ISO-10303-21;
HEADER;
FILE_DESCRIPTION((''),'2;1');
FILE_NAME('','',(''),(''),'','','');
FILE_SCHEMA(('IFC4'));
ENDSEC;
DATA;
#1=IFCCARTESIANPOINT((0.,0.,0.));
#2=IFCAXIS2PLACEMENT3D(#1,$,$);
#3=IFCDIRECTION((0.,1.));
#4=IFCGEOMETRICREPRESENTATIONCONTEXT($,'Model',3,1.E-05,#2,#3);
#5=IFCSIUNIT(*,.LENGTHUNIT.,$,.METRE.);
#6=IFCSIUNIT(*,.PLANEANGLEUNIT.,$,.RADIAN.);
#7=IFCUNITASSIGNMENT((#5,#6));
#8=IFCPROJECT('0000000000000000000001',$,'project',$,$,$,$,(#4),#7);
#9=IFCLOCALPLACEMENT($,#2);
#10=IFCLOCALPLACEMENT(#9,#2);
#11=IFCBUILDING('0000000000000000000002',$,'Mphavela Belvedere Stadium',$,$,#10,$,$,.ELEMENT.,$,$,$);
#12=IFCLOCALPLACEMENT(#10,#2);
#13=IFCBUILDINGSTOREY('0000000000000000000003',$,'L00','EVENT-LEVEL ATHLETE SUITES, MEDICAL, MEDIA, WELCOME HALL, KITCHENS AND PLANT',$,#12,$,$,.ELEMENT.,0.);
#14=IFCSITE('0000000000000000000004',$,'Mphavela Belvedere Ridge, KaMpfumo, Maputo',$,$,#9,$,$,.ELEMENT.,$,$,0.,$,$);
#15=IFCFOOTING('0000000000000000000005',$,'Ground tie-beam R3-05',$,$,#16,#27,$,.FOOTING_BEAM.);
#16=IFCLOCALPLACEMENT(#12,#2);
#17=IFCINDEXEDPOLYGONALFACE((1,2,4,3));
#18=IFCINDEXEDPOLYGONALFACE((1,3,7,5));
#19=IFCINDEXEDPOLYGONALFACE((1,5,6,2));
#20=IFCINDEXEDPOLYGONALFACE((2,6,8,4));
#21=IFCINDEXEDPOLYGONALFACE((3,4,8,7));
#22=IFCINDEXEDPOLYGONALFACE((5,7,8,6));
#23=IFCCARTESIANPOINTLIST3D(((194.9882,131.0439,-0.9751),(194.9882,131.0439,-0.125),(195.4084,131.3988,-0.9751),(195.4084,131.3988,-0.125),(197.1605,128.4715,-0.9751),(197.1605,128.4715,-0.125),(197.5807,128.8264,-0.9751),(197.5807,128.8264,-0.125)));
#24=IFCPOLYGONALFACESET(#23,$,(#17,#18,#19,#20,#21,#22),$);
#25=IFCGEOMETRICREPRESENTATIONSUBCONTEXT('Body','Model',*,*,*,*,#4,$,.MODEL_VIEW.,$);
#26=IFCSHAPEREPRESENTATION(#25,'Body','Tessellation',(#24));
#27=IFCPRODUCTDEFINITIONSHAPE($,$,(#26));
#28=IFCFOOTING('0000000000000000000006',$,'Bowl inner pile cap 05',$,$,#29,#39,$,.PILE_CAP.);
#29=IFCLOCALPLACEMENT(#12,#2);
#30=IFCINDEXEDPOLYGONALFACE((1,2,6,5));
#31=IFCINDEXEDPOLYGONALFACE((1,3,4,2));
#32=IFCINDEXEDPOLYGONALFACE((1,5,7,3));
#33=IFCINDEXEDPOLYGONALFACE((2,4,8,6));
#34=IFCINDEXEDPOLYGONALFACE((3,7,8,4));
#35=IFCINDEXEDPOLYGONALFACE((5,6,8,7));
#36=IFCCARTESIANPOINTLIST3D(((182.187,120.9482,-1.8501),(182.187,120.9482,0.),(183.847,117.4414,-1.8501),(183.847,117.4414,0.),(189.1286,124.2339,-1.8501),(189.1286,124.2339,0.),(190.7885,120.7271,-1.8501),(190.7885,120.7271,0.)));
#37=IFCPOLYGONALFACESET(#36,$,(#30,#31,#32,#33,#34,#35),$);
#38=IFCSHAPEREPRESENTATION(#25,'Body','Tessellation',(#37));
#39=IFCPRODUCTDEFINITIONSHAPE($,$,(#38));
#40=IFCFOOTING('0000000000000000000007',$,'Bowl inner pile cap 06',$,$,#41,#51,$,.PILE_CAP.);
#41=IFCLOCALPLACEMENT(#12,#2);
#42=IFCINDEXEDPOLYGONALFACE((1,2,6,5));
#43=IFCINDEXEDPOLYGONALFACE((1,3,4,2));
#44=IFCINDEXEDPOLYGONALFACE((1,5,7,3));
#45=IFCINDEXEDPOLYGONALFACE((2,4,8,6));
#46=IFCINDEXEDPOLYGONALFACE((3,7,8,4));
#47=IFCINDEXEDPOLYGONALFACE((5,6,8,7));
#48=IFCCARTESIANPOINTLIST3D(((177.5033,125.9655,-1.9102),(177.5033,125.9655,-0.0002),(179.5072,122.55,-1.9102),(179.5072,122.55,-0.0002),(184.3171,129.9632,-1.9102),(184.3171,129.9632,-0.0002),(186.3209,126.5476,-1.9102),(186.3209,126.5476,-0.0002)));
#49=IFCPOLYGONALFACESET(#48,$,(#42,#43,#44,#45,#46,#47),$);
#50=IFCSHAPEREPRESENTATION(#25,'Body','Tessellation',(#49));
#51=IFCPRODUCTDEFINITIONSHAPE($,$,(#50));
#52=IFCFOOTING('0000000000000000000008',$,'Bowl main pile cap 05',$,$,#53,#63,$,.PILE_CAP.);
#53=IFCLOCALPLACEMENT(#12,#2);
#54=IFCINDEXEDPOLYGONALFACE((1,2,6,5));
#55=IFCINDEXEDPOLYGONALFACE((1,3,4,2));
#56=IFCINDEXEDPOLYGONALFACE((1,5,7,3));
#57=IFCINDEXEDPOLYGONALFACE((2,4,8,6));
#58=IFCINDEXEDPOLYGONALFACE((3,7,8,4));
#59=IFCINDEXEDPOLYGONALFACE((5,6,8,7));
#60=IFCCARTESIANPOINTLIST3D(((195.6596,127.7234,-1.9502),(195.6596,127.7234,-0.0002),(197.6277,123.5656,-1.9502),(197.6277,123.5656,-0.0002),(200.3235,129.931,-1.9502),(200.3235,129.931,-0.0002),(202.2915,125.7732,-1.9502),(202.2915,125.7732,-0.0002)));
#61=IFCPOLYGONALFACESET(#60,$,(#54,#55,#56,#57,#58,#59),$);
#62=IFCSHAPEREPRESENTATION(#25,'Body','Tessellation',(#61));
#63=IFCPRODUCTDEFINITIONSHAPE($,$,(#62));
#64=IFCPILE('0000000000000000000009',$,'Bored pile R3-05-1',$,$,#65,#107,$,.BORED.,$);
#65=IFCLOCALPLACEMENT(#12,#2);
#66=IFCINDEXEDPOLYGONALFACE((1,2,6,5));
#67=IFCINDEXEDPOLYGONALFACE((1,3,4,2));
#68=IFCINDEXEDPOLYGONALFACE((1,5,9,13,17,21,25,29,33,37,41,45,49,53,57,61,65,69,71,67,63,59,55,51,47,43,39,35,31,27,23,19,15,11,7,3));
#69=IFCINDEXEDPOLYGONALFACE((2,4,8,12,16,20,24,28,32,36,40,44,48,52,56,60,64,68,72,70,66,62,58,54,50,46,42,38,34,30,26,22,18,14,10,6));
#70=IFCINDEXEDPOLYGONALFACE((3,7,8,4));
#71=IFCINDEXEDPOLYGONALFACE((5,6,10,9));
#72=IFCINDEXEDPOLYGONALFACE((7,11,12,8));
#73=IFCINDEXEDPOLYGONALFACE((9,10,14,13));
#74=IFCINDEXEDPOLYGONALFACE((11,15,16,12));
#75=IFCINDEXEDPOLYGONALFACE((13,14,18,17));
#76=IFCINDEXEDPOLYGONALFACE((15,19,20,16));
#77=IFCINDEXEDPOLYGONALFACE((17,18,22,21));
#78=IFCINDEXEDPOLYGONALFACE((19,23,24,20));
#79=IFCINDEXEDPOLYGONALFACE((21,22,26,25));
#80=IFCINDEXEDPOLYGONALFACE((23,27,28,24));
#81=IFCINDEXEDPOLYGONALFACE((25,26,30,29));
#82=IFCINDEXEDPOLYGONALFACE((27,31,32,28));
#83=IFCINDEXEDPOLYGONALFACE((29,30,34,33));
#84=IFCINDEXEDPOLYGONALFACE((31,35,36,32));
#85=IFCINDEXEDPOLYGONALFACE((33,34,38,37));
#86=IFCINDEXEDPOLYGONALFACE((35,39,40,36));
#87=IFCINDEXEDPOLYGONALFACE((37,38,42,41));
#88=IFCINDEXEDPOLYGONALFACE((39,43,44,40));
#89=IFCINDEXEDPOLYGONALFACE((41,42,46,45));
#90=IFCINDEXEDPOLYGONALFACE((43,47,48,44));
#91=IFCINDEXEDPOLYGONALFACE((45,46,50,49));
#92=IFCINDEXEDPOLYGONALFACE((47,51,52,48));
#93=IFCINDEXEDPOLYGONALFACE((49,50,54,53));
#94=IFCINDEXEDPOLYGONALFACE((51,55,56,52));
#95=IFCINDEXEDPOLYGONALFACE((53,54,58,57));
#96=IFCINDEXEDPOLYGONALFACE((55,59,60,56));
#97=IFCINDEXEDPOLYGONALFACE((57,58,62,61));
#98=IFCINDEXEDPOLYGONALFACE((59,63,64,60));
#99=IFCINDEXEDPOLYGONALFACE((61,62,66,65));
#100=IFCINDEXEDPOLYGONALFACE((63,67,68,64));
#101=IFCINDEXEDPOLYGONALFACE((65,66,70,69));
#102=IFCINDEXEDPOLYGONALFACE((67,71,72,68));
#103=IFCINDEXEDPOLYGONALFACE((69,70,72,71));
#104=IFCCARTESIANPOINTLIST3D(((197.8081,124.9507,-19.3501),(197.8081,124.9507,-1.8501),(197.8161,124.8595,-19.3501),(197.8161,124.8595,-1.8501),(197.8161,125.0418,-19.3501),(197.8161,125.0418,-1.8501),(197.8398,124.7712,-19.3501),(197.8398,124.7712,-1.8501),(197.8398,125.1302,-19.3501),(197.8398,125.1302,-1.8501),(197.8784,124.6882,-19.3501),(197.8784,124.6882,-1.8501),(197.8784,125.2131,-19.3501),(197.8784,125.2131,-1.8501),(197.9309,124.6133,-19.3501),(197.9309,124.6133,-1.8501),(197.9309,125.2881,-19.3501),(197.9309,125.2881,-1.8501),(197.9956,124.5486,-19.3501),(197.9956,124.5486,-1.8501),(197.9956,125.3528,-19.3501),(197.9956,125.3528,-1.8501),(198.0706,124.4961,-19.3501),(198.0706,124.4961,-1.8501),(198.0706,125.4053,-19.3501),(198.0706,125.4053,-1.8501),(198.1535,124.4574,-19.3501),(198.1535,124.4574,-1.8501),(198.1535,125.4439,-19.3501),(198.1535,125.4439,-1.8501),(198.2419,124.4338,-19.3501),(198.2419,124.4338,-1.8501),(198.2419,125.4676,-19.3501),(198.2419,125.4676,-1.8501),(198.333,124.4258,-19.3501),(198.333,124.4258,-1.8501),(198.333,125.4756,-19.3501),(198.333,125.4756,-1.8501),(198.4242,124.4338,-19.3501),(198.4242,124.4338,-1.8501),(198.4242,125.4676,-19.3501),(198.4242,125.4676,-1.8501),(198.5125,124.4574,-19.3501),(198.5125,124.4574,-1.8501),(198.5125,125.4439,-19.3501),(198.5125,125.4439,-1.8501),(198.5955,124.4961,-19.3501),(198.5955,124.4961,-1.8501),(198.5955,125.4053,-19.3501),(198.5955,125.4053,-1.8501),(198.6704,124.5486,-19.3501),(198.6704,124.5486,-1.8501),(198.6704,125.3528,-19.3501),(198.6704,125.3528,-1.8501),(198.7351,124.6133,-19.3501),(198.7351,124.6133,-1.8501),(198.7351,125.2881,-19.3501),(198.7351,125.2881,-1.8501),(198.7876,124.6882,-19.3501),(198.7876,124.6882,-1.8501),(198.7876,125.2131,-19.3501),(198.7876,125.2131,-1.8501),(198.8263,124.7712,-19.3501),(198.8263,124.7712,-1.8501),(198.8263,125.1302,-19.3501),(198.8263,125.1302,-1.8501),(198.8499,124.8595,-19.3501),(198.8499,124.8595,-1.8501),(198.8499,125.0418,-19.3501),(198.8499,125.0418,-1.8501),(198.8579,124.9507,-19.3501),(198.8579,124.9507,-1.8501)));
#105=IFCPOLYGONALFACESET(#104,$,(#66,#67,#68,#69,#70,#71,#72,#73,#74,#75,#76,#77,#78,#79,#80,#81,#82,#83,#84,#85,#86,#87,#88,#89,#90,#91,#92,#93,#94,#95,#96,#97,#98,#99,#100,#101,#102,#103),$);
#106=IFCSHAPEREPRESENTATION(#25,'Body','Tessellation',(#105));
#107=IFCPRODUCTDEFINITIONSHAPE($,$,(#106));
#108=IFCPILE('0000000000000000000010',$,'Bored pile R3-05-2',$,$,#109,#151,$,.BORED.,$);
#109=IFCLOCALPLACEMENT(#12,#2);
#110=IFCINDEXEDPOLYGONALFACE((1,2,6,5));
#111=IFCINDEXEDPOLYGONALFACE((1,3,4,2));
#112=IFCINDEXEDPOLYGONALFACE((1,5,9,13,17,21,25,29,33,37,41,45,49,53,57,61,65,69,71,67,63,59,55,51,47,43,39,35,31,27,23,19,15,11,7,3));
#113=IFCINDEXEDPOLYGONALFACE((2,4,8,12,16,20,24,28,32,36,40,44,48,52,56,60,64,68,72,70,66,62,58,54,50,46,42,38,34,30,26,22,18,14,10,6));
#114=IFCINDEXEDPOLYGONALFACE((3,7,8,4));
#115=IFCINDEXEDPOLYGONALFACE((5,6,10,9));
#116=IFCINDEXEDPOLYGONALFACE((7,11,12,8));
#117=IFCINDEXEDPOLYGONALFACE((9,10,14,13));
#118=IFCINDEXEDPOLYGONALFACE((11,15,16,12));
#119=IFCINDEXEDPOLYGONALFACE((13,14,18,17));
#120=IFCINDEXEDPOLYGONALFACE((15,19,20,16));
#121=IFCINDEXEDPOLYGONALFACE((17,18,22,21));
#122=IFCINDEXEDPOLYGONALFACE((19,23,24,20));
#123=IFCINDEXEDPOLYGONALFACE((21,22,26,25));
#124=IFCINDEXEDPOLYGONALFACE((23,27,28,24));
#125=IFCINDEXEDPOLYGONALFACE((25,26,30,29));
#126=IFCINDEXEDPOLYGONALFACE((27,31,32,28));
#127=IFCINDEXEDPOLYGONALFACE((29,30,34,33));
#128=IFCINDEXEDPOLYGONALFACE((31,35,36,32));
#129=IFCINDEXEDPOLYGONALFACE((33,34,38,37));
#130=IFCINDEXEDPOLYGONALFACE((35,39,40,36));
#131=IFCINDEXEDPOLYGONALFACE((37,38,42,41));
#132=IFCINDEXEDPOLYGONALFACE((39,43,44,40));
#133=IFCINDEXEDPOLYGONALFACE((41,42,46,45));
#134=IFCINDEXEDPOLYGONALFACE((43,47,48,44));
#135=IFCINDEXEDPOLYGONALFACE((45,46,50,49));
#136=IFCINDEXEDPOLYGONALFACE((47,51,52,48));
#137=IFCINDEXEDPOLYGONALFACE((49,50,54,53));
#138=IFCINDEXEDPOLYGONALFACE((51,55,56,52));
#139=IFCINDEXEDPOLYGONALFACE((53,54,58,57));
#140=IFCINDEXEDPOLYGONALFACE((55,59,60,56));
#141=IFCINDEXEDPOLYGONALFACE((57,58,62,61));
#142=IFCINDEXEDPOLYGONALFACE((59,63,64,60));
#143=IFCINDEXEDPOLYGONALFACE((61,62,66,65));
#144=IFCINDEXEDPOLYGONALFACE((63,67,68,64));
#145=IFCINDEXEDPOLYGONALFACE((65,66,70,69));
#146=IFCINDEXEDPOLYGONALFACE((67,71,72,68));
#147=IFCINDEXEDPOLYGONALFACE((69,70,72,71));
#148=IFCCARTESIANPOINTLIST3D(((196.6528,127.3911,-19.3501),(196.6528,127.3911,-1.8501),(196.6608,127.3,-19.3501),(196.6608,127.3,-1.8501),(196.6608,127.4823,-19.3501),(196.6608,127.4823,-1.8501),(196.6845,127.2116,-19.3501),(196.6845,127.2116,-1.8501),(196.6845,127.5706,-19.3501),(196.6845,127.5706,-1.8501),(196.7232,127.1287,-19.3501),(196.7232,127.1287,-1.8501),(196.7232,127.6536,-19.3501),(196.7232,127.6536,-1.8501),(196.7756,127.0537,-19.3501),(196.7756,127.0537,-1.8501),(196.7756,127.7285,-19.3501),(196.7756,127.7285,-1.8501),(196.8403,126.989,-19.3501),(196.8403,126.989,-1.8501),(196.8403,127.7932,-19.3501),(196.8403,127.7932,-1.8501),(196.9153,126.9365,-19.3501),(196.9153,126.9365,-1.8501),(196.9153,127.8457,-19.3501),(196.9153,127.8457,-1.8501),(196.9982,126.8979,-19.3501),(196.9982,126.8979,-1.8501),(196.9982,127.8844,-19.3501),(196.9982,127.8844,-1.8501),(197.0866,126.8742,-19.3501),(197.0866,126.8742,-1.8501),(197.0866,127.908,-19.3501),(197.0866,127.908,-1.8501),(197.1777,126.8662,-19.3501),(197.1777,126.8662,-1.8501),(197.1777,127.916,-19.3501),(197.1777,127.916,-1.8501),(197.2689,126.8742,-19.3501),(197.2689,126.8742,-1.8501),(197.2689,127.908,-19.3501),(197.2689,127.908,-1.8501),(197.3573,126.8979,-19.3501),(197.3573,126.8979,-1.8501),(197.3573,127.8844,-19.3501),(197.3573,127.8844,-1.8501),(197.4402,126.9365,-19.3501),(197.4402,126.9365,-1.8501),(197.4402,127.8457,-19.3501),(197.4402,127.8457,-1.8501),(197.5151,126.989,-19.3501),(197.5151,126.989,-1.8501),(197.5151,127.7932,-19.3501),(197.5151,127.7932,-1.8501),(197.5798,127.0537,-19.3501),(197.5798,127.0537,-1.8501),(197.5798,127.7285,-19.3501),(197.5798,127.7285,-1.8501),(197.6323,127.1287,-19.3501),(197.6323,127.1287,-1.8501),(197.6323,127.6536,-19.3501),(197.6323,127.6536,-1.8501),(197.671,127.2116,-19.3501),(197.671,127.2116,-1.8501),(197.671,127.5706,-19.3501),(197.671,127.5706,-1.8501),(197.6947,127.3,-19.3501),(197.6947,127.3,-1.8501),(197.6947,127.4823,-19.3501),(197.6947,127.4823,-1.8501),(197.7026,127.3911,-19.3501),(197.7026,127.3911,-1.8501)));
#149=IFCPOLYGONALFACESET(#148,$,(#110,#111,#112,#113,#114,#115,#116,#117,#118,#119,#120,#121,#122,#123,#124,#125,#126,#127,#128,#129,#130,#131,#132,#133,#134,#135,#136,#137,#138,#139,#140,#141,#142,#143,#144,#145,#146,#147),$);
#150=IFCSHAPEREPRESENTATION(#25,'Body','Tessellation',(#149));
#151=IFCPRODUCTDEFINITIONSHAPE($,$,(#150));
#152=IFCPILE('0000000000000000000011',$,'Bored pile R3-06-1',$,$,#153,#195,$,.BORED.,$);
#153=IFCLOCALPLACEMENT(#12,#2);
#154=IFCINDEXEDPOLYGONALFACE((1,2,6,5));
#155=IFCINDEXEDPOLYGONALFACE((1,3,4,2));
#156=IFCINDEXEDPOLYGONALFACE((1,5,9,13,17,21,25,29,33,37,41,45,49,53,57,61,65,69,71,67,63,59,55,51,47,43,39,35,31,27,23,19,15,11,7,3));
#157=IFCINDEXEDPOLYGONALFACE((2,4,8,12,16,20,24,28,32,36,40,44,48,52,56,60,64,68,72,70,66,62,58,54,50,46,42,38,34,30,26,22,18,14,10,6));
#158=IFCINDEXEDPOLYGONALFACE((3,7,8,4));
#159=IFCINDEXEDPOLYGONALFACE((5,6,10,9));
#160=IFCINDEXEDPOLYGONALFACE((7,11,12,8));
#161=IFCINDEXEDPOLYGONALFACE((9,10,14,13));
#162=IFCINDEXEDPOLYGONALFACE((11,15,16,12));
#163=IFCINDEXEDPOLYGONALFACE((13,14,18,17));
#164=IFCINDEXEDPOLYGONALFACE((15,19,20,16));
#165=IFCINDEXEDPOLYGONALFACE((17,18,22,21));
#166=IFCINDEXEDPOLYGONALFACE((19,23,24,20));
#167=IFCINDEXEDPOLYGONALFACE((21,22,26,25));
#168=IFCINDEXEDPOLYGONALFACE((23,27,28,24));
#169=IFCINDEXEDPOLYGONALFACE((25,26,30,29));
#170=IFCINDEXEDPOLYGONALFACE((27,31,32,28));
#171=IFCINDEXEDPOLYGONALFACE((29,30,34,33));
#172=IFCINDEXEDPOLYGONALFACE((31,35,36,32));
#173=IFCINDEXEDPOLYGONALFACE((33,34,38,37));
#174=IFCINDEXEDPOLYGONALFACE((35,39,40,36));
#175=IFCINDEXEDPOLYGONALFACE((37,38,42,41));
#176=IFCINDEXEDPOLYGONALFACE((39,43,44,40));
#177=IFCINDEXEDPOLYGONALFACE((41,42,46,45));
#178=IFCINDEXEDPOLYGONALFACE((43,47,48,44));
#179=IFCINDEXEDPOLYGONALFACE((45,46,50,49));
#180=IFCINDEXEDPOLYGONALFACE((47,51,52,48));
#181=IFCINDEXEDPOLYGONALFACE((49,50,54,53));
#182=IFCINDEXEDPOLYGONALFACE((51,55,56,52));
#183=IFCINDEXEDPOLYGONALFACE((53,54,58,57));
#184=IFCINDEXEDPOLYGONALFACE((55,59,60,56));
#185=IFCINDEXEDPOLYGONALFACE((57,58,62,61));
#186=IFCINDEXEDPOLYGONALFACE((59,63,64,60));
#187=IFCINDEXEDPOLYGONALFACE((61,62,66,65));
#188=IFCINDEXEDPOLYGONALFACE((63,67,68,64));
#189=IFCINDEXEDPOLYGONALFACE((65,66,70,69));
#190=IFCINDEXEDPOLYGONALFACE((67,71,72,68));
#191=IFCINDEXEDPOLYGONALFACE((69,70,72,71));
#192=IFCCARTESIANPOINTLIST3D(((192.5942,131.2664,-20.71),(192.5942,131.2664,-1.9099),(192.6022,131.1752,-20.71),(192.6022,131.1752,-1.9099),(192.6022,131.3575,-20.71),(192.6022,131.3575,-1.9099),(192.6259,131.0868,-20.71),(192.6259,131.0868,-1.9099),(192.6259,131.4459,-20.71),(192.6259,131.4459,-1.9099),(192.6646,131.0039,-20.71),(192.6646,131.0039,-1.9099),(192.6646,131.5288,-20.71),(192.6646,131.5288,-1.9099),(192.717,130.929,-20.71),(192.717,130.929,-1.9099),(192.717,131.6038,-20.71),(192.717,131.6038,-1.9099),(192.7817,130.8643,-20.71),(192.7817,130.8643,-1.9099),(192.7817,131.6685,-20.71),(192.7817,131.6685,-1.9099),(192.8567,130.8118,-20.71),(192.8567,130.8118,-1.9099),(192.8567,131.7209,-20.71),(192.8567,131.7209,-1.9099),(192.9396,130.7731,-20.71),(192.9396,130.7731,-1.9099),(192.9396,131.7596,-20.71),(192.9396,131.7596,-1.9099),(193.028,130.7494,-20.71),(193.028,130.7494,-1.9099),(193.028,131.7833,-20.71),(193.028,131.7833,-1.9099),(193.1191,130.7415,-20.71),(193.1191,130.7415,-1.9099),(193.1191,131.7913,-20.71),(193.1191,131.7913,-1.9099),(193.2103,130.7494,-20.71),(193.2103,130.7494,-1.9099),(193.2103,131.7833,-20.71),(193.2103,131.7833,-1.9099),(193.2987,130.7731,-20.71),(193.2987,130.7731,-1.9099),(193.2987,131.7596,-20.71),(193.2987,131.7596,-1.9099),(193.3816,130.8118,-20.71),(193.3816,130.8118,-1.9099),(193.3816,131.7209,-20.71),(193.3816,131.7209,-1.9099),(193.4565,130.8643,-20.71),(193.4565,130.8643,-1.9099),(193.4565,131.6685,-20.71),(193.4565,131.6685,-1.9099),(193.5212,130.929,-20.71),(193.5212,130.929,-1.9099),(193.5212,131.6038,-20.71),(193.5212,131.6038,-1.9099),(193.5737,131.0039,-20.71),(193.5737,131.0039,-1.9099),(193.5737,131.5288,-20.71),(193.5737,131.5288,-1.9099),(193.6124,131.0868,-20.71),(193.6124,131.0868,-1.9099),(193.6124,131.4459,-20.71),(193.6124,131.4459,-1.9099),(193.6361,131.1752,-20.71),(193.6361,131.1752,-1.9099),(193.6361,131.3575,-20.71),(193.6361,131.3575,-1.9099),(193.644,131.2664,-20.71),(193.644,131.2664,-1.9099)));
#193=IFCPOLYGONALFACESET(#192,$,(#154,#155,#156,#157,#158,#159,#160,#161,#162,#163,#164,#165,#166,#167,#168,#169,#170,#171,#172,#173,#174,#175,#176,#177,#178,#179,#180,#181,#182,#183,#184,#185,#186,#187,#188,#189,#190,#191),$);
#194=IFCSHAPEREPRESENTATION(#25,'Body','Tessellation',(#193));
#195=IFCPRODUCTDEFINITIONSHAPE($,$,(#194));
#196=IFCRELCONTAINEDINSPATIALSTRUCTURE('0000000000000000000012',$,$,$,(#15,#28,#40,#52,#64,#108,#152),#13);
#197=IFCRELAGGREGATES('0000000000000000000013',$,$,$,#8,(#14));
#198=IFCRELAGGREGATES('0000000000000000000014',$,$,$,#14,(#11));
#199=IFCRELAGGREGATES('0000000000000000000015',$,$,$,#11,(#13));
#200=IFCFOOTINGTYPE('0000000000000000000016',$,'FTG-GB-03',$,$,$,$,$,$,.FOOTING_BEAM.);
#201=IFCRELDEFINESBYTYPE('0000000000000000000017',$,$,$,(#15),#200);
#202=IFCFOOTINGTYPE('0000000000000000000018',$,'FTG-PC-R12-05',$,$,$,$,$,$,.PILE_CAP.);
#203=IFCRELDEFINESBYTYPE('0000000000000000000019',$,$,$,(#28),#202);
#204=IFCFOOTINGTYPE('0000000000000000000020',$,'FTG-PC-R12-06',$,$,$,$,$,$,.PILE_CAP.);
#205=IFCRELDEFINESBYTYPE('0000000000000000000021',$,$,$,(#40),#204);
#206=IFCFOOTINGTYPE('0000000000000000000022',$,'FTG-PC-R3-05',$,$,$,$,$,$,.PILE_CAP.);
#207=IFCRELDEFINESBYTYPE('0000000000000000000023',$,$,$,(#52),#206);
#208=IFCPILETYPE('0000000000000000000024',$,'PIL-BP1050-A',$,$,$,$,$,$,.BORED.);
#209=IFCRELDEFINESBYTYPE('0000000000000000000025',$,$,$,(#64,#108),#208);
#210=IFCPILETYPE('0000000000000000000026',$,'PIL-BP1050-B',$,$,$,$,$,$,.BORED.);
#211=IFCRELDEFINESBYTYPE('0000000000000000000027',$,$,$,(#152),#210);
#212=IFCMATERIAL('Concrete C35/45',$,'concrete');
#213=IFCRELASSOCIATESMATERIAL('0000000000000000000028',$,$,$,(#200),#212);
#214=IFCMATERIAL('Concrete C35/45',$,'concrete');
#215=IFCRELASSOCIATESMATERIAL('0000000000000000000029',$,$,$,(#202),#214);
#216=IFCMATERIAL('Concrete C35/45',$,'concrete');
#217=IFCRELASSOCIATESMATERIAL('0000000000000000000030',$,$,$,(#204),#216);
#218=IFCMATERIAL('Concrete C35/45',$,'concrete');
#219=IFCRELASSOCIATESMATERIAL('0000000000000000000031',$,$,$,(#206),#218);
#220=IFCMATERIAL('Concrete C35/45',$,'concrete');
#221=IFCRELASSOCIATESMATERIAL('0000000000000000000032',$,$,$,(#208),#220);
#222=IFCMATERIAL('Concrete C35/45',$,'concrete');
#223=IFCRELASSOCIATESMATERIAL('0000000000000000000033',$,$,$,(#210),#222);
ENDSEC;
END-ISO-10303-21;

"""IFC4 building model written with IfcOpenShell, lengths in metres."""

from ifc_helpers import new_model, si_unit, direction, frame, origin, origin_2d, place, context, subcontext, project, spatial, rectangle, circle, extrude, material, material_profile, profile_set, type_object, element, save


model = new_model("IFC4")

# Units and contexts
model_context = context("Model", 3, precision=1e-05, world=origin(), true_north=direction((0.0, 1.0)))
body_context = subcontext(model_context, "Body", "Model", "MODEL_VIEW")
ifc_project = project(units=[si_unit("LENGTHUNIT", "METRE"), si_unit("PLANEANGLEUNIT", "RADIAN")], contexts=[model_context])

# Site, building, storey
site_placement = place(None, origin())
site = spatial("IfcSite", under=ifc_project, at=site_placement, Name="Mphavela Belvedere Ridge, KaMpfumo, Maputo", CompositionType="ELEMENT", RefElevation=0.0)
building_placement = place(site_placement, origin())
building = spatial("IfcBuilding", under=site, at=building_placement, Name="Mphavela Belvedere Stadium", CompositionType="ELEMENT")
storey_placement = place(building_placement, origin())
storey = spatial("IfcBuildingStorey", under=building, at=storey_placement, Name="L00", Description="EVENT-LEVEL ATHLETE SUITES, MEDICAL, MEDIA, WELCOME HALL, KITCHENS AND PLANT", CompositionType="ELEMENT", Elevation=0.0)

# Footings
ifc_material_1 = material(Name="Concrete C35/45", Category="concrete")
ifc_material_profile_1 = material_profile(ifc_material_1, rectangle(XDim=0.55, YDim=0.8501, at=origin_2d()), Name="GB 550x850")
ifc_profile_set_1 = profile_set([ifc_material_profile_1], Name="Concrete C35/45")
footing_type_1 = type_object("IfcFootingType", Name="FTG-GB-03", PredefinedType="FOOTING_BEAM", material=ifc_profile_set_1)
footing_1_placement = place(storey_placement, frame((197.3706, 128.6489, -0.55), z_axis=(-0.645185, 0.764027, 0.0), x_axis=(-0.764027, -0.645185, 0.0)))
element("IfcFooting", 1, at=footing_1_placement, inside=storey, type_object=footing_type_1, Name="Ground tie-beam R3-05", PredefinedType="FOOTING_BEAM", context=body_context, shape_type="SweptSolid", body=[
    extrude(rectangle(XDim=0.55, YDim=0.8501, at=origin_2d()), origin(), (0.0, 0.0, 1.0), 3.3669),
])
ifc_material_2 = material(Name="Concrete C35/45", Category="concrete")
footing_type_2 = type_object("IfcFootingType", Name="FTG-PC-R12-05", PredefinedType="PILE_CAP", material=ifc_material_2)
footing_2_placement = place(storey_placement, frame((186.4878, 120.8376, -1.8501), z_axis=(0.0, 0.0, 1.0), x_axis=(0.903859, 0.427831, 0.0)))
element("IfcFooting", 2, at=footing_2_placement, inside=storey, type_object=footing_type_2, Name="Bowl inner pile cap 05", PredefinedType="PILE_CAP", context=body_context, shape_type="SweptSolid", body=[
    extrude(rectangle(XDim=7.6799, YDim=3.8799, at=origin_2d()), origin(), (0.0, 0.0, 1.0), 1.8501),
])
ifc_material_3 = material(Name="Concrete C35/45", Category="concrete")
footing_type_3 = type_object("IfcFootingType", Name="FTG-PC-R12-06", PredefinedType="PILE_CAP", material=ifc_material_3)
footing_3_placement = place(storey_placement, frame((181.9121, 126.2566, -1.9102), z_axis=(0.0, 0.0, 1.0), x_axis=(0.862514, 0.506034, 0.0)))
element("IfcFooting", 3, at=footing_3_placement, inside=storey, type_object=footing_type_3, Name="Bowl inner pile cap 06", PredefinedType="PILE_CAP", context=body_context, shape_type="SweptSolid", body=[
    extrude(rectangle(XDim=7.8999, YDim=3.96, at=origin_2d()), origin(), (0.0, 0.0, 1.0), 1.9099),
])
ifc_material_4 = material(Name="Concrete C35/45", Category="concrete")
footing_type_4 = type_object("IfcFootingType", Name="FTG-PC-R3-05", PredefinedType="PILE_CAP", material=ifc_material_4)
footing_4_placement = place(storey_placement, frame((198.9756, 126.7483, -1.9502), z_axis=(0.0, 0.0, 1.0), x_axis=(0.903859, 0.427831, 0.0)))
element("IfcFooting", 4, at=footing_4_placement, inside=storey, type_object=footing_type_4, Name="Bowl main pile cap 05", PredefinedType="PILE_CAP", context=body_context, shape_type="SweptSolid", body=[
    extrude(rectangle(XDim=5.1599, YDim=4.6001, at=origin_2d()), origin(), (0.0, 0.0, 1.0), 1.95),
])

# Piles
ifc_material_5 = material(Name="Concrete C35/45", Category="concrete")
ifc_material_profile_2 = material_profile(ifc_material_5, circle(Radius=0.5249, at=origin_2d()), Name="BP D1050")
ifc_profile_set_2 = profile_set([ifc_material_profile_2], Name="Concrete C35/45")
pile_type_1 = type_object("IfcPileType", Name="PIL-BP1050-A", PredefinedType="BORED", material=ifc_profile_set_2)
for number, where, z_axis, x_axis, name in (
    (5, (198.333, 124.9507, -1.8501), (0.0, 0.0, -1.0), (1.0, 0.0, 0.0), "Bored pile R3-05-1"),
    (6, (197.1777, 127.3911, -1.8501), (0.0, 0.0, -1.0), (1.0, 0.0, 0.0), "Bored pile R3-05-2"),
):
    element("IfcPile", number, at=place(storey_placement, frame(where, z_axis=z_axis, x_axis=x_axis)), inside=storey, type_object=pile_type_1, Name=name, PredefinedType="BORED", context=body_context, shape_type="SweptSolid", body=[
        extrude(circle(Radius=0.5249, at=origin_2d()), origin(), (0.0, 0.0, 1.0), 17.5),
    ])
ifc_material_6 = material(Name="Concrete C35/45", Category="concrete")
ifc_material_profile_3 = material_profile(ifc_material_6, circle(Radius=0.5249, at=origin_2d()), Name="BP D1050")
ifc_profile_set_3 = profile_set([ifc_material_profile_3], Name="Concrete C35/45")
pile_type_2 = type_object("IfcPileType", Name="PIL-BP1050-B", PredefinedType="BORED", material=ifc_profile_set_3)
pile_placement = place(storey_placement, frame((193.1191, 131.2664, -1.9099), z_axis=(0.0, 0.0, -1.0), x_axis=(1.0, 0.0, 0.0)))
element("IfcPile", 7, at=pile_placement, inside=storey, type_object=pile_type_2, Name="Bored pile R3-06-1", PredefinedType="BORED", context=body_context, shape_type="SweptSolid", body=[
    extrude(circle(Radius=0.5249, at=origin_2d()), origin(), (0.0, 0.0, 1.0), 18.8),
])

save(model, "model.ifc")
